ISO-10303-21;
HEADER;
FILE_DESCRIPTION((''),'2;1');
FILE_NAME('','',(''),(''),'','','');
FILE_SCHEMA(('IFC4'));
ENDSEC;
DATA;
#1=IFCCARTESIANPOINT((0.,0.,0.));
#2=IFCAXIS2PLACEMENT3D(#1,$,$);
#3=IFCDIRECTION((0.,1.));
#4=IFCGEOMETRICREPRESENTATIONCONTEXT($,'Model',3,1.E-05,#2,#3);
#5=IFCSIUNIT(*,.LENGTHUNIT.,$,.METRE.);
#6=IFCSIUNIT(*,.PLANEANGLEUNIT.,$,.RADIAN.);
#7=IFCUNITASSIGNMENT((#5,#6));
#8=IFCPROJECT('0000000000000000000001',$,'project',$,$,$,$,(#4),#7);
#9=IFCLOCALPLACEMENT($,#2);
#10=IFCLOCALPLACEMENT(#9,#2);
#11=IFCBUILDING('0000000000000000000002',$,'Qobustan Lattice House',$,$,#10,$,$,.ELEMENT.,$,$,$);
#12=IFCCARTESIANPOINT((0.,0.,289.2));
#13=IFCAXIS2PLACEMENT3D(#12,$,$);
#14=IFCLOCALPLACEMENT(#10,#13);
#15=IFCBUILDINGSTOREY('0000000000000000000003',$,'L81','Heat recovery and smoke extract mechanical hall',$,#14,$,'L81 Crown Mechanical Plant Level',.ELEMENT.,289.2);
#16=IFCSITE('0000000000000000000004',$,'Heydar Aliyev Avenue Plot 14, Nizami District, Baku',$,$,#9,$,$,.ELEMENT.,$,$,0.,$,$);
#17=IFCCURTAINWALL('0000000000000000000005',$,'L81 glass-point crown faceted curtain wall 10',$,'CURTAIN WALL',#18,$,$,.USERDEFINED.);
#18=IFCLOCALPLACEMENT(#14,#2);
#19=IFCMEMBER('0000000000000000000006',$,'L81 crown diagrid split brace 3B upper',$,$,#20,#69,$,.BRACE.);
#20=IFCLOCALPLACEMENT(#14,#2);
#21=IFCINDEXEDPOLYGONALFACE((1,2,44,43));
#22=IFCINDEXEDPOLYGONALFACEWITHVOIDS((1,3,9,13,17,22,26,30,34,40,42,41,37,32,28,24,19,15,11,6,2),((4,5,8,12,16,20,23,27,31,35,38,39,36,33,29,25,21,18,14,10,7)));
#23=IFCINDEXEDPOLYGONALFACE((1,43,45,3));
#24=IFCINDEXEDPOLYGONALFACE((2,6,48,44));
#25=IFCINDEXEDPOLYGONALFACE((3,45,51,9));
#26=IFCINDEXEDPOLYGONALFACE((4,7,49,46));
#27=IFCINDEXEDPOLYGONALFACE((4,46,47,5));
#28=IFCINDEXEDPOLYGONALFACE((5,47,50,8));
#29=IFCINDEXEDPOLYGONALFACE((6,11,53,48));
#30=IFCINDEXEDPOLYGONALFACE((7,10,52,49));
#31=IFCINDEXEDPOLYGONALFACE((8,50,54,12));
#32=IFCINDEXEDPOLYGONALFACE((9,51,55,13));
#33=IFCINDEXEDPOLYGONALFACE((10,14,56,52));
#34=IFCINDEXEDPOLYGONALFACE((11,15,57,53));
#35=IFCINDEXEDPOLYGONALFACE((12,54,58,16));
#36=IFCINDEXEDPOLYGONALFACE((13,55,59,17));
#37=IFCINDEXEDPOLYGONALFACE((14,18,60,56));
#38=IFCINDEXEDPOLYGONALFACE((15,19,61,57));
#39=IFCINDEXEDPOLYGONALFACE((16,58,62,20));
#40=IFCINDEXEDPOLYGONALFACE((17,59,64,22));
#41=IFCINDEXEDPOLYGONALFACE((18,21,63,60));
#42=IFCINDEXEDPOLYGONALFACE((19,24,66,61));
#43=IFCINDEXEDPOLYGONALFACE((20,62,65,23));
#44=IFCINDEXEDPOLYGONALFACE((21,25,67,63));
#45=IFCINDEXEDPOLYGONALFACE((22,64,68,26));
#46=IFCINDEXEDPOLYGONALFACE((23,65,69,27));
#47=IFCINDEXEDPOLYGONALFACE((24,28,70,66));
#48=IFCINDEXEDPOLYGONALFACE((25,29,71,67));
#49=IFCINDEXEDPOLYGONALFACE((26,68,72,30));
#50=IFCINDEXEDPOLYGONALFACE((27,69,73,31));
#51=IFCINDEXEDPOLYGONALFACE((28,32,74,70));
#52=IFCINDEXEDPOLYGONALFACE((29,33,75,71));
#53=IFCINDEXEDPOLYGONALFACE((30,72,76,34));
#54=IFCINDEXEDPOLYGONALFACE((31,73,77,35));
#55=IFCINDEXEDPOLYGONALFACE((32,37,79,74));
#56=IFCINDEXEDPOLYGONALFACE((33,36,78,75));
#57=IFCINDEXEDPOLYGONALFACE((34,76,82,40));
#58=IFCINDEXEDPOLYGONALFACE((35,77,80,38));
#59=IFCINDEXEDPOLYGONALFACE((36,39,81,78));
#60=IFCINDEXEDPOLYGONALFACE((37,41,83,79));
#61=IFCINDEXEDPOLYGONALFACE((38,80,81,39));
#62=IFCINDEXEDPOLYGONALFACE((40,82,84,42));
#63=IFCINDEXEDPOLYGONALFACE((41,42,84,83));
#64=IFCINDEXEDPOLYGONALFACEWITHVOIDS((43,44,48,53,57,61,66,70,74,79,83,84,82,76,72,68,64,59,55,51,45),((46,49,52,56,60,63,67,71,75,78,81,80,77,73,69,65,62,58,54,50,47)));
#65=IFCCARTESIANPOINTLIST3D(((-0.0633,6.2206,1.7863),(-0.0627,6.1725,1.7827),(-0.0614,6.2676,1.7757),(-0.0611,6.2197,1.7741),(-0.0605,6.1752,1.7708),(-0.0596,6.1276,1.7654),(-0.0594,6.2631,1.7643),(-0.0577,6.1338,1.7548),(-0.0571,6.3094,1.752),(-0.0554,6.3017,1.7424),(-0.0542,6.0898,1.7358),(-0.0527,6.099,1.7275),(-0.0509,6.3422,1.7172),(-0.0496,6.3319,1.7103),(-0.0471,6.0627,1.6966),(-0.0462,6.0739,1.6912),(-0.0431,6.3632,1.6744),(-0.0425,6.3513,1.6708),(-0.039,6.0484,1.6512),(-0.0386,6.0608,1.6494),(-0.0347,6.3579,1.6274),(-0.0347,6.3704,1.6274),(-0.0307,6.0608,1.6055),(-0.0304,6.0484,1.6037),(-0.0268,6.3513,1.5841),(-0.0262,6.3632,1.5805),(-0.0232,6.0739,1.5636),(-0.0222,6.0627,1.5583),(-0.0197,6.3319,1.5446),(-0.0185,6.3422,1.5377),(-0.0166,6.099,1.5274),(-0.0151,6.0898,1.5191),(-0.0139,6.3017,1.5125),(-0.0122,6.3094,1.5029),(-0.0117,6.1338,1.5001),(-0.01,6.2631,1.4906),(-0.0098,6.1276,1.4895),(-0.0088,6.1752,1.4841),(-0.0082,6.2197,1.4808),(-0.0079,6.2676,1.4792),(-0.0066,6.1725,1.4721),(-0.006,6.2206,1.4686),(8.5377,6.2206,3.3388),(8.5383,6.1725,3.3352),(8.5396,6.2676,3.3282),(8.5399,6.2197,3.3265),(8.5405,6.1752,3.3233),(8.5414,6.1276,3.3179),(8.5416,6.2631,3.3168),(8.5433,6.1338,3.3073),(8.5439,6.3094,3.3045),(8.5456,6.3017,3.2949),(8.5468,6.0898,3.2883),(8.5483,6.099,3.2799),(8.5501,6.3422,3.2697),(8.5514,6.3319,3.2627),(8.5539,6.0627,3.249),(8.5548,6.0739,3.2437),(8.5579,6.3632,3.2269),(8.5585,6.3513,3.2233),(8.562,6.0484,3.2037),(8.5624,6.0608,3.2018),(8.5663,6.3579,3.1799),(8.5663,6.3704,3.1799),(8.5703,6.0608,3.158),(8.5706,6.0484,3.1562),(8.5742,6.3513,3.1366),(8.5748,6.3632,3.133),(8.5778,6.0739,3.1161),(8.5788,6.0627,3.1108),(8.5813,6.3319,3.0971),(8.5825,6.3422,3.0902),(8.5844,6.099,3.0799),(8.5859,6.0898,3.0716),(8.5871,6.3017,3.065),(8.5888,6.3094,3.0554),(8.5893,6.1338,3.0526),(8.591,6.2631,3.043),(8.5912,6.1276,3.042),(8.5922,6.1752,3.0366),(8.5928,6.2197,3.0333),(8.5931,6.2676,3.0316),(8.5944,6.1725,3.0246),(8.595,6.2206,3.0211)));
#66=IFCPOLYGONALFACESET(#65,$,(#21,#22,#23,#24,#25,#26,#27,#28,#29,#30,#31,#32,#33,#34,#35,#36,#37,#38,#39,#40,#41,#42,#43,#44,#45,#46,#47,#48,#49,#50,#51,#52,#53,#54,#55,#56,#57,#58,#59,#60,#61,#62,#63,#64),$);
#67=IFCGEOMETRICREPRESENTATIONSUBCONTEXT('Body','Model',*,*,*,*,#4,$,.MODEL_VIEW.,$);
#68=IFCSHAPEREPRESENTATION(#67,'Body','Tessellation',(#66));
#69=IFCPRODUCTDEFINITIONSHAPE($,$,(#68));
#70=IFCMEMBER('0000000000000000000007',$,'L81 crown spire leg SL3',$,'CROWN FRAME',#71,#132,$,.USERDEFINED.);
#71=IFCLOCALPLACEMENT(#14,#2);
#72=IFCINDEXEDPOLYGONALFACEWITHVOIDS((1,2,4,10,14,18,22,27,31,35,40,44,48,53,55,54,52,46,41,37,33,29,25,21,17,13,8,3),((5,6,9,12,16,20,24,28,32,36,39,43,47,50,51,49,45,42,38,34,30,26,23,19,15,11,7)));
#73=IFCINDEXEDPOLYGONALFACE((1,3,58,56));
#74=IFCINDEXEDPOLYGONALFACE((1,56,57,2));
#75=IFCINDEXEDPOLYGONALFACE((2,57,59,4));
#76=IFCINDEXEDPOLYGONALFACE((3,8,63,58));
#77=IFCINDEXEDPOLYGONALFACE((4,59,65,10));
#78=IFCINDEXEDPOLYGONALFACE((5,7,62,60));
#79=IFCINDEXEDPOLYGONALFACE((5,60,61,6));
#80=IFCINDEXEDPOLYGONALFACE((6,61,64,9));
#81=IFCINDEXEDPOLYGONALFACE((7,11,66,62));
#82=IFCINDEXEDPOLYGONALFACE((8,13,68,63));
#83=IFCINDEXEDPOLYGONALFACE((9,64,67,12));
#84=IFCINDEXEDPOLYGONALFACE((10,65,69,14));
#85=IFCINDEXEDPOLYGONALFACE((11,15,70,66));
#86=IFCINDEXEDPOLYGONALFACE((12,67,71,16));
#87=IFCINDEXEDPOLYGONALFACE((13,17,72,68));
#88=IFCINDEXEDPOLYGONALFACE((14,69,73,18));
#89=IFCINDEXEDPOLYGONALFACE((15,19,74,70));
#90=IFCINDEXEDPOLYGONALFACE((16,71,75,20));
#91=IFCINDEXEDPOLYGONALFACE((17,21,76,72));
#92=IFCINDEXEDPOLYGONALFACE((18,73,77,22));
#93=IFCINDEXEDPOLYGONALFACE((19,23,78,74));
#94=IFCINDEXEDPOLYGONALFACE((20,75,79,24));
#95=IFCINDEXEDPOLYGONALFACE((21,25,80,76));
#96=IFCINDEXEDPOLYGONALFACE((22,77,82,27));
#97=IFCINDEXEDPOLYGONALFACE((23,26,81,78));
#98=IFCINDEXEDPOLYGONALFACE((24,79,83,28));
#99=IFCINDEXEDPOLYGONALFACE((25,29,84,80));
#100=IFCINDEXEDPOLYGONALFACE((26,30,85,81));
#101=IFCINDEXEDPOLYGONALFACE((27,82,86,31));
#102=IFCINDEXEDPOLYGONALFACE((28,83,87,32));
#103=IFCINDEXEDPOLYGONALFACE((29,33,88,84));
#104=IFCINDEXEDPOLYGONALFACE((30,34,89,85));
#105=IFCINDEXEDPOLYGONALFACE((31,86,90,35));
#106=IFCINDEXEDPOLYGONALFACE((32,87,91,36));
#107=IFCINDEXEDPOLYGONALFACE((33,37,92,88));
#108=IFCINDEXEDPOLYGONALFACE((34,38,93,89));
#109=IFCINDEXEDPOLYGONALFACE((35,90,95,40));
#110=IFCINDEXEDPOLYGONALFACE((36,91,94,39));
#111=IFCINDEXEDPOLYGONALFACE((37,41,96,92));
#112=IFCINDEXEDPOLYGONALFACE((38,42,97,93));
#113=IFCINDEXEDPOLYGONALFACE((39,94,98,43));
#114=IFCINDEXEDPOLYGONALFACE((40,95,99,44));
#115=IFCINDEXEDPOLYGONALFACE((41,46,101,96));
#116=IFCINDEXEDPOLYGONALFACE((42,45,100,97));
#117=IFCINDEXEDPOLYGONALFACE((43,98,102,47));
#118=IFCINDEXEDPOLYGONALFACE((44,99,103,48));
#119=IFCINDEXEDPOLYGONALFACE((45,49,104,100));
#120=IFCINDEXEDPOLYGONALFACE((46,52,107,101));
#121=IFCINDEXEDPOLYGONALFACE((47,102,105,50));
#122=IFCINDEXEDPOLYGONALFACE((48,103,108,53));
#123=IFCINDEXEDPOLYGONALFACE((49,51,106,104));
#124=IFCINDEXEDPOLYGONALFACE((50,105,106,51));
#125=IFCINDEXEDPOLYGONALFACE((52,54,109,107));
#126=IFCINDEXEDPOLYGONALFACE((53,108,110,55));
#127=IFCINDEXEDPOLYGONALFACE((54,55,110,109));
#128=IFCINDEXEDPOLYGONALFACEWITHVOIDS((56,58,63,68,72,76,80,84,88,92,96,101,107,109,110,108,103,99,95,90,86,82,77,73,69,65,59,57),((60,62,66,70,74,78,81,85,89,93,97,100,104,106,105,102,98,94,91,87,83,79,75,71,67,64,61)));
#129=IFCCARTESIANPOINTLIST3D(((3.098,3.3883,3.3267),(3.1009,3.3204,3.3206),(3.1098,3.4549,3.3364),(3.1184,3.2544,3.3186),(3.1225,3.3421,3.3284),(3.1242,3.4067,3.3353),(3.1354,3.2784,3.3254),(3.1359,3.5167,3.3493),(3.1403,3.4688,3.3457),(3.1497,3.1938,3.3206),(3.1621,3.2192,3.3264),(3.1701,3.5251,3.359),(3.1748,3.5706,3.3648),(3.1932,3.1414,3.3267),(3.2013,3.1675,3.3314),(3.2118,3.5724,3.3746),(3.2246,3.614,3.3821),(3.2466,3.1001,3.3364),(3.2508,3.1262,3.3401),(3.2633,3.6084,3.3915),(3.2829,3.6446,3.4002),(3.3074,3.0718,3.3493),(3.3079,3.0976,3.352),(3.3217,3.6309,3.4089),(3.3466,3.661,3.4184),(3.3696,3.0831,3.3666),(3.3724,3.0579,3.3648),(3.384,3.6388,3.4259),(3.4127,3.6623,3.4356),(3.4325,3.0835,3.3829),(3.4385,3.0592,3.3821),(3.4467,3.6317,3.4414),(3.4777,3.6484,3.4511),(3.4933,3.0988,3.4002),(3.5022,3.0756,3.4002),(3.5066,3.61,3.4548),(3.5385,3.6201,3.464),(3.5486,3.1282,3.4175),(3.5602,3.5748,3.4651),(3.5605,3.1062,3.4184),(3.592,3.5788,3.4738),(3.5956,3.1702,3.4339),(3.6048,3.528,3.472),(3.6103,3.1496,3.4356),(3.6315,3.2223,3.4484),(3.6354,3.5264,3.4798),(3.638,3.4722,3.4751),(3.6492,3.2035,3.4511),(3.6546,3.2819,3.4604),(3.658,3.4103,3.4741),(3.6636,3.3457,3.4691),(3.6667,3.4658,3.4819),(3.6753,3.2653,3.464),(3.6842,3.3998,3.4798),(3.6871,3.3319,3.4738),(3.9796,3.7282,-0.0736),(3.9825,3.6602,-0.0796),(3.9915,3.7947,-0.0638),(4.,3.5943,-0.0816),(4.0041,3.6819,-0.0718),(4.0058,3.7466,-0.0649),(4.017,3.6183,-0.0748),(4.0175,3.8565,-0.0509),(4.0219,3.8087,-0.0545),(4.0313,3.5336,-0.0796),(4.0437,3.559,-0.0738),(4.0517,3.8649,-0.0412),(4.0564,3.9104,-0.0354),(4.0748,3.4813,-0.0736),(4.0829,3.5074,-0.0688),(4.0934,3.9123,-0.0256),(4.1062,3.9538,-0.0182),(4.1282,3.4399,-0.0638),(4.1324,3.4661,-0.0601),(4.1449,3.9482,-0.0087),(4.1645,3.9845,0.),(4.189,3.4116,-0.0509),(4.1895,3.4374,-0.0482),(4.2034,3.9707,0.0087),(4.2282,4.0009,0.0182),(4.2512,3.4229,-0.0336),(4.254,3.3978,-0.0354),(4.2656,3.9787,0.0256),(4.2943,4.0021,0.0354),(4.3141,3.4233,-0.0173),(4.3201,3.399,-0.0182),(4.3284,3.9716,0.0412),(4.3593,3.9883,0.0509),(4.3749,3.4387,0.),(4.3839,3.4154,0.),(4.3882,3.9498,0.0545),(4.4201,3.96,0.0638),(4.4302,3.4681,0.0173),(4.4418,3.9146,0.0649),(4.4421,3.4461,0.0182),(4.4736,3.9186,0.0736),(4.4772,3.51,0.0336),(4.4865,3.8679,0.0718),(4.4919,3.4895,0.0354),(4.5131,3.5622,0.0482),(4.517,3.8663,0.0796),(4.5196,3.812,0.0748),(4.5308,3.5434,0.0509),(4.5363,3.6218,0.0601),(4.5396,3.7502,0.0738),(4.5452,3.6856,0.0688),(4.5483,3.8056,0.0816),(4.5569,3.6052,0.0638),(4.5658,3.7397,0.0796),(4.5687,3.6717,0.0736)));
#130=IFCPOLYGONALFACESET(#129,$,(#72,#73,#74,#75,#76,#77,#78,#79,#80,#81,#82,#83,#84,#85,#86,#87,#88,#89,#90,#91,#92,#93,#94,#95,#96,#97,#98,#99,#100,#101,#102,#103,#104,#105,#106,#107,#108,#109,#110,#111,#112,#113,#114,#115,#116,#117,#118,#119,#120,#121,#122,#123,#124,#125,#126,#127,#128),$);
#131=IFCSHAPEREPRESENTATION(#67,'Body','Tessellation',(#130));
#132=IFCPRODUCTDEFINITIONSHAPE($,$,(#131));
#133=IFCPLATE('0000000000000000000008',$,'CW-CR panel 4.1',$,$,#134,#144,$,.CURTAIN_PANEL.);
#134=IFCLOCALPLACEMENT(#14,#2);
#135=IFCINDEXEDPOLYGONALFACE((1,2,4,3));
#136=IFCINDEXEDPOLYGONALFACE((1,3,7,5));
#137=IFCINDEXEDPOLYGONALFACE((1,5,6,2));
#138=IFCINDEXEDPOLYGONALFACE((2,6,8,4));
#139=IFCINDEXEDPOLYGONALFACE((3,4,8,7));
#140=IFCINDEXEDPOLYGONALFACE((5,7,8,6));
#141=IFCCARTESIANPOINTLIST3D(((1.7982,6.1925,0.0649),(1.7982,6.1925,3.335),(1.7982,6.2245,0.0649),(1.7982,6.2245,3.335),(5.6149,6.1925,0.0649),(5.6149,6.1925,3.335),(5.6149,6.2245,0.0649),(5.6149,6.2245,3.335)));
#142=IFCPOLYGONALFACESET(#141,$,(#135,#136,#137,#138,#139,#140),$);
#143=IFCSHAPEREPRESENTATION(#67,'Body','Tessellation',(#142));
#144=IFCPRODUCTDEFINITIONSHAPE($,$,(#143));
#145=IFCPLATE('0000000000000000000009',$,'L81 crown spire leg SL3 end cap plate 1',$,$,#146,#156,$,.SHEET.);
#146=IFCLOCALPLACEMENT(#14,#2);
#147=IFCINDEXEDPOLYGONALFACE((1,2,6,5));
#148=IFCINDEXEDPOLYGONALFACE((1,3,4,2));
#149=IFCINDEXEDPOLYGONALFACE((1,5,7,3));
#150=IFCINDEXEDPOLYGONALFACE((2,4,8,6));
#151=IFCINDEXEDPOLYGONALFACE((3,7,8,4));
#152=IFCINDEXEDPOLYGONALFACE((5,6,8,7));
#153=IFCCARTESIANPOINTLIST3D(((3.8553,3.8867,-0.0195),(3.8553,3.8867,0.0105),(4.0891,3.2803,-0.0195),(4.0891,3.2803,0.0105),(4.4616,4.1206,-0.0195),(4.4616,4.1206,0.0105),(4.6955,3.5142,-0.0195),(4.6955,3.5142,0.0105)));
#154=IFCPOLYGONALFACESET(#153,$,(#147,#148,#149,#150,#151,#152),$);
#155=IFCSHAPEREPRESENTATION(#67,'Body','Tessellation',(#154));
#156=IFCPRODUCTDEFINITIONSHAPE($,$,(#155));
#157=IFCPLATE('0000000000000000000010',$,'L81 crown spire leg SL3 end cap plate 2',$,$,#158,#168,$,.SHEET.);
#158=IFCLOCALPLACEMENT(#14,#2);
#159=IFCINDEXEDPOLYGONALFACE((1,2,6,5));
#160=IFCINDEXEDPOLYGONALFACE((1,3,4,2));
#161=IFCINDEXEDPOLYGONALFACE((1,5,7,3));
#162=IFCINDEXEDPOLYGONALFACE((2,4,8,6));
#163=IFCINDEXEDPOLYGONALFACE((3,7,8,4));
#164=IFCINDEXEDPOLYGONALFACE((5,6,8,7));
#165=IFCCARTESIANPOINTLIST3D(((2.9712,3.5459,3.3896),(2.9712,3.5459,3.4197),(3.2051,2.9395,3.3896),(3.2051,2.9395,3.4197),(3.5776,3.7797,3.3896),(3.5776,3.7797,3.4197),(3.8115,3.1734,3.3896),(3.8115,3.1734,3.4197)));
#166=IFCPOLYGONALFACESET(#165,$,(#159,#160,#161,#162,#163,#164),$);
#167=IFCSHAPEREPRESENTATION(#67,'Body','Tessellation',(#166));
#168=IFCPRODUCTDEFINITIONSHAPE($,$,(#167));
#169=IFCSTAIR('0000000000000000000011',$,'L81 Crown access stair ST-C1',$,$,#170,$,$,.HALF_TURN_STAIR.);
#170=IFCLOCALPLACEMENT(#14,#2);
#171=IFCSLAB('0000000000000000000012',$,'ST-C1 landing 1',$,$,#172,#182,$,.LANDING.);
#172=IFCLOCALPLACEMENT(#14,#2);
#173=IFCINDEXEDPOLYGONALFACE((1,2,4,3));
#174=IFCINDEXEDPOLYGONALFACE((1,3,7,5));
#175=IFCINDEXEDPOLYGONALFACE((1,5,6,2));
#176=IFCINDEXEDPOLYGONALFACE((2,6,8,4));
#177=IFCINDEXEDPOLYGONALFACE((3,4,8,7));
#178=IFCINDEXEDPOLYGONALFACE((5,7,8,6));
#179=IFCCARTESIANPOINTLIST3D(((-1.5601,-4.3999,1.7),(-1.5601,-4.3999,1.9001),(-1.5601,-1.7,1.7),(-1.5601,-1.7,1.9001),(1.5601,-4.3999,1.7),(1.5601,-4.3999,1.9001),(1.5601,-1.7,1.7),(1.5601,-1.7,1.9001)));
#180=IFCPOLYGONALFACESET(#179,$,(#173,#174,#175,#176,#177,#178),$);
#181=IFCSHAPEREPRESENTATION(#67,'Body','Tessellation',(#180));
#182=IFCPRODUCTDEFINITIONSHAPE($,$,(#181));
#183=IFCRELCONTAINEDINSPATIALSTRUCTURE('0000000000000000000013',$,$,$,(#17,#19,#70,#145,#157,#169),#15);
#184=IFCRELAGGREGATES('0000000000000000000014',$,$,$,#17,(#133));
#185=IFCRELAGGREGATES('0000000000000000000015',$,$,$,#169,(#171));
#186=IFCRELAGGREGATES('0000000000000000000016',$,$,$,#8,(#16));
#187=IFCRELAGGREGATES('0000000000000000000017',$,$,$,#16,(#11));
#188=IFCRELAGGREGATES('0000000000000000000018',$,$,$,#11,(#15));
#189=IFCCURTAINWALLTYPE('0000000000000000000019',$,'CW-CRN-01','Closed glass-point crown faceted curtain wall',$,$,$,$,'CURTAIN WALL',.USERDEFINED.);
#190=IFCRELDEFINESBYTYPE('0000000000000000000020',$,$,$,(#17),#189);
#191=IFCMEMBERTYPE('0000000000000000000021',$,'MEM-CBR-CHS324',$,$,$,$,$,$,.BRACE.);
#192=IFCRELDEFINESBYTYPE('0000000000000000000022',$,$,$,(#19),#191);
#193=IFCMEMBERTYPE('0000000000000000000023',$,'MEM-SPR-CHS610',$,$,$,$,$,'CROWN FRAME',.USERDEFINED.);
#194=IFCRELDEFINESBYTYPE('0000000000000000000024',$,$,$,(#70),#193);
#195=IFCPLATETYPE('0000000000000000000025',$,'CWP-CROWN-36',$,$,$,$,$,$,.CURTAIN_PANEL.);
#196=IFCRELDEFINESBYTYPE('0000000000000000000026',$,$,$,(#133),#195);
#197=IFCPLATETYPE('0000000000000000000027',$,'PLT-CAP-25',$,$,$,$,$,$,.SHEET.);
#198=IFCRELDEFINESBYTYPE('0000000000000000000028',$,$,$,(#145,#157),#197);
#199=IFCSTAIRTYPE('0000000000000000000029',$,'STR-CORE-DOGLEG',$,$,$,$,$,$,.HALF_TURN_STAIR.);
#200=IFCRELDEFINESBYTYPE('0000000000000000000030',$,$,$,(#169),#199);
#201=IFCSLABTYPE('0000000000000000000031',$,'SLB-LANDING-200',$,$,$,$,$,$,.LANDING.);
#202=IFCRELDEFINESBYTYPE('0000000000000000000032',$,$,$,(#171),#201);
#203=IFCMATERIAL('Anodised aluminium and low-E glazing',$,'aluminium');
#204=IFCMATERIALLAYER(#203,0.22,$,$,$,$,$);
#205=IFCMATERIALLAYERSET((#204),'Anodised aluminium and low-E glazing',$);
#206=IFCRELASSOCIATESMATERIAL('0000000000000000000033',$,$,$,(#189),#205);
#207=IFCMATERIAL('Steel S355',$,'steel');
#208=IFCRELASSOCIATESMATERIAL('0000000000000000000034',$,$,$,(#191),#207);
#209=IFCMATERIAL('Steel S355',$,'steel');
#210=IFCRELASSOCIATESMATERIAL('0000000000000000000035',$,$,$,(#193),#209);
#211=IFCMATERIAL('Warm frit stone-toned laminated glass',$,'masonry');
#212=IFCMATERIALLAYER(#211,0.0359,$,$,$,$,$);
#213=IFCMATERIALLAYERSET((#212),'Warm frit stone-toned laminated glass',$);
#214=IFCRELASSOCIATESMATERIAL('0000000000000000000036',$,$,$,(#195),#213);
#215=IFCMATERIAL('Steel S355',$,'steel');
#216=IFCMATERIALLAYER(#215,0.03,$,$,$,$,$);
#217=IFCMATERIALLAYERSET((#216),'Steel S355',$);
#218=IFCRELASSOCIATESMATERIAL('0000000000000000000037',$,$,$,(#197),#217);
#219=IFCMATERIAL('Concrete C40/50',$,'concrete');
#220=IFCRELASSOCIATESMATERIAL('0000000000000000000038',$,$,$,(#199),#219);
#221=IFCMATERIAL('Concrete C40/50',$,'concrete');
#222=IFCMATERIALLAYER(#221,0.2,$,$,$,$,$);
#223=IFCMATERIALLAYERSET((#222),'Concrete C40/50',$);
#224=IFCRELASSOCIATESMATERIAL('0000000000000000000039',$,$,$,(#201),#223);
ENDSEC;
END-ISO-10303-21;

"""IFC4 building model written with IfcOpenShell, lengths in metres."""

from ifc_helpers import new_model, si_unit, direction, frame, origin, origin_2d, place, context, subcontext, project, spatial, polyline, rectangle, hollow_circle, outline, extrude, material, layer, layer_set, material_profile, profile_set, type_object, element, aggregate, save


model = new_model("IFC4")

# Units and contexts
model_context = context("Model", 3, precision=1e-05, world=origin(), true_north=direction((0.0, 1.0)))
body_context = subcontext(model_context, "Body", "Model", "MODEL_VIEW")
ifc_project = project(units=[si_unit("LENGTHUNIT", "METRE"), si_unit("PLANEANGLEUNIT", "RADIAN")], contexts=[model_context])

# Site, building, storey
site_placement = place(None, origin())
site = spatial("IfcSite", under=ifc_project, at=site_placement, Name="Heydar Aliyev Avenue Plot 14, Nizami District, Baku", CompositionType="ELEMENT", RefElevation=0.0)
building_placement = place(site_placement, origin())
building = spatial("IfcBuilding", under=site, at=building_placement, Name="Qobustan Lattice House", CompositionType="ELEMENT")
storey_placement = place(building_placement, frame((0.0, 0.0, 289.2)))
storey = spatial("IfcBuildingStorey", under=building, at=storey_placement, Name="L81", Description="Heat recovery and smoke extract mechanical hall", LongName="L81 Crown Mechanical Plant Level", CompositionType="ELEMENT", Elevation=289.2)

# Curtain wall
ifc_material_1 = material(Name="Anodised aluminium and low-E glazing", Category="aluminium")
ifc_layer_1 = layer(ifc_material_1, 0.22)
ifc_layer_set_1 = layer_set([ifc_layer_1], Name="Anodised aluminium and low-E glazing")
curtain_wall_type = type_object("IfcCurtainWallType", Name="CW-CRN-01", Description="Closed glass-point crown faceted curtain wall", ElementType="CURTAIN WALL", PredefinedType="USERDEFINED", material=ifc_layer_set_1)
curtain_wall_placement = place(storey_placement, origin())
curtain_wall = element("IfcCurtainWall", 1, at=curtain_wall_placement, inside=storey, type_object=curtain_wall_type, Name="L81 glass-point crown faceted curtain wall 10", ObjectType="CURTAIN WALL", PredefinedType="USERDEFINED")

# Members
ifc_material_2 = material(Name="Steel S355", Category="steel")
ifc_material_profile_1 = material_profile(ifc_material_2, hollow_circle(Radius=0.1619, WallThickness=0.0125, at=origin_2d()), Name="CHS323.9x12.5")
ifc_profile_set_1 = profile_set([ifc_material_profile_1], Name="Steel S355")
member_type_1 = type_object("IfcMemberType", Name="MEM-CBR-CHS324", PredefinedType="BRACE", material=ifc_profile_set_1)
member_1_placement = place(storey_placement, frame((-0.0347, 6.2085, 1.6274), z_axis=(0.984097, 0.0, 0.177629), x_axis=(0.0, 1.0, 0.0)))
element("IfcMember", 2, at=member_1_placement, inside=storey, type_object=member_type_1, Name="L81 crown diagrid split brace 3B upper", PredefinedType="BRACE", context=body_context, shape_type="SweptSolid", body=[
    extrude(hollow_circle(Radius=0.1619, WallThickness=0.0125, at=origin_2d()), origin(), (0.0, 0.0, 1.0), 8.74),
])
ifc_material_3 = material(Name="Steel S355", Category="steel")
ifc_material_profile_2 = material_profile(ifc_material_3, hollow_circle(Radius=0.3049, WallThickness=0.0249, at=origin_2d()), Name="CHS610x25")
ifc_profile_set_2 = profile_set([ifc_material_profile_2], Name="Steel S355")
member_type_2 = type_object("IfcMemberType", Name="MEM-SPR-CHS610", ElementType="CROWN FRAME", PredefinedType="USERDEFINED", material=ifc_profile_set_2)
member_2_placement = place(storey_placement, frame((4.2742, 3.7, 0.0), z_axis=(-0.249815, -0.096301, 0.963493), x_axis=(0.359689, -0.933072, 0.0)))
element("IfcMember", 3, at=member_2_placement, inside=storey, type_object=member_type_2, Name="L81 crown spire leg SL3", ObjectType="CROWN FRAME", PredefinedType="USERDEFINED", context=body_context, shape_type="SweptSolid", body=[
    extrude(hollow_circle(Radius=0.3049, WallThickness=0.0249, at=origin_2d()), origin(), (0.0, 0.0, 1.0), 3.5291),
])

# Plate
ifc_material_4 = material(Name="Warm frit stone-toned laminated glass", Category="masonry")
ifc_layer_2 = layer(ifc_material_4, 0.0359)
ifc_layer_set_2 = layer_set([ifc_layer_2], Name="Warm frit stone-toned laminated glass")
plate_type_1 = type_object("IfcPlateType", Name="CWP-CROWN-36", PredefinedType="CURTAIN_PANEL", material=ifc_layer_set_2)
plate_placement = place(storey_placement, frame((3.7065, 6.2085, 0.0649), z_axis=(0.0, 0.0, 1.0), x_axis=(1.0, 0.0, 0.0)))
plate = element("IfcPlate", 4, at=plate_placement, type_object=plate_type_1, Name="CW-CR panel 4.1", PredefinedType="CURTAIN_PANEL", context=body_context, shape_type="SweptSolid", body=[
    extrude(rectangle(XDim=3.8167, YDim=0.032, at=origin_2d()), origin(), (0.0, 0.0, 1.0), 3.27),
])
aggregate(curtain_wall, [plate])

# Plates
ifc_material_5 = material(Name="Steel S355", Category="steel")
ifc_layer_3 = layer(ifc_material_5, 0.03)
ifc_layer_set_3 = layer_set([ifc_layer_3], Name="Steel S355")
plate_type_2 = type_object("IfcPlateType", Name="PLT-CAP-25", PredefinedType="SHEET", material=ifc_layer_set_3)
for number, where, z_axis, x_axis, name in (
    (5, (4.2754, 3.7004, -0.0195), (0.0, 0.0, 1.0), (-0.933004, -0.359867, 0.0), "L81 crown spire leg SL3 end cap plate 1"),
    (6, (3.3914, 3.3596, 3.3896), (0.0, 0.0, 1.0), (-0.933004, -0.359867, 0.0), "L81 crown spire leg SL3 end cap plate 2"),
):
    element("IfcPlate", number, at=place(storey_placement, frame(where, z_axis=z_axis, x_axis=x_axis)), inside=storey, type_object=plate_type_2, Name=name, PredefinedType="SHEET", context=body_context, shape_type="SweptSolid", body=[
        extrude(rectangle(XDim=0.6499, YDim=0.6499, at=origin_2d()), origin(), (0.0, 0.0, 1.0), 0.03),
    ])

# Stair, slab
ifc_material_6 = material(Name="Concrete C40/50", Category="concrete")
stair_type = type_object("IfcStairType", Name="STR-CORE-DOGLEG", PredefinedType="HALF_TURN_STAIR", material=ifc_material_6)
stair_placement = place(storey_placement, origin())
stair = element("IfcStair", 7, at=stair_placement, inside=storey, type_object=stair_type, Name="L81 Crown access stair ST-C1", PredefinedType="HALF_TURN_STAIR")
ifc_material_7 = material(Name="Concrete C40/50", Category="concrete")
ifc_layer_4 = layer(ifc_material_7, 0.2)
ifc_layer_set_4 = layer_set([ifc_layer_4], Name="Concrete C40/50")
slab_type_1 = type_object("IfcSlabType", Name="SLB-LANDING-200", PredefinedType="LANDING", material=ifc_layer_set_4)
slab_1_placement = place(storey_placement, frame((0.0, 0.0, 1.7)))
slab_1 = element("IfcSlab", 8, at=slab_1_placement, type_object=slab_type_1, Name="ST-C1 landing 1", PredefinedType="LANDING", context=body_context, shape_type="SweptSolid", body=[
    extrude(outline(polyline([(-1.5601, -1.7), (-1.5601, -4.3999), (1.5601, -4.3999), (1.5601, -1.7), (-1.5601, -1.7)])), origin(), (0.0, 0.0, 1.0), 0.2002),
])
aggregate(stair, [slab_1])

save(model, "model.ifc")
